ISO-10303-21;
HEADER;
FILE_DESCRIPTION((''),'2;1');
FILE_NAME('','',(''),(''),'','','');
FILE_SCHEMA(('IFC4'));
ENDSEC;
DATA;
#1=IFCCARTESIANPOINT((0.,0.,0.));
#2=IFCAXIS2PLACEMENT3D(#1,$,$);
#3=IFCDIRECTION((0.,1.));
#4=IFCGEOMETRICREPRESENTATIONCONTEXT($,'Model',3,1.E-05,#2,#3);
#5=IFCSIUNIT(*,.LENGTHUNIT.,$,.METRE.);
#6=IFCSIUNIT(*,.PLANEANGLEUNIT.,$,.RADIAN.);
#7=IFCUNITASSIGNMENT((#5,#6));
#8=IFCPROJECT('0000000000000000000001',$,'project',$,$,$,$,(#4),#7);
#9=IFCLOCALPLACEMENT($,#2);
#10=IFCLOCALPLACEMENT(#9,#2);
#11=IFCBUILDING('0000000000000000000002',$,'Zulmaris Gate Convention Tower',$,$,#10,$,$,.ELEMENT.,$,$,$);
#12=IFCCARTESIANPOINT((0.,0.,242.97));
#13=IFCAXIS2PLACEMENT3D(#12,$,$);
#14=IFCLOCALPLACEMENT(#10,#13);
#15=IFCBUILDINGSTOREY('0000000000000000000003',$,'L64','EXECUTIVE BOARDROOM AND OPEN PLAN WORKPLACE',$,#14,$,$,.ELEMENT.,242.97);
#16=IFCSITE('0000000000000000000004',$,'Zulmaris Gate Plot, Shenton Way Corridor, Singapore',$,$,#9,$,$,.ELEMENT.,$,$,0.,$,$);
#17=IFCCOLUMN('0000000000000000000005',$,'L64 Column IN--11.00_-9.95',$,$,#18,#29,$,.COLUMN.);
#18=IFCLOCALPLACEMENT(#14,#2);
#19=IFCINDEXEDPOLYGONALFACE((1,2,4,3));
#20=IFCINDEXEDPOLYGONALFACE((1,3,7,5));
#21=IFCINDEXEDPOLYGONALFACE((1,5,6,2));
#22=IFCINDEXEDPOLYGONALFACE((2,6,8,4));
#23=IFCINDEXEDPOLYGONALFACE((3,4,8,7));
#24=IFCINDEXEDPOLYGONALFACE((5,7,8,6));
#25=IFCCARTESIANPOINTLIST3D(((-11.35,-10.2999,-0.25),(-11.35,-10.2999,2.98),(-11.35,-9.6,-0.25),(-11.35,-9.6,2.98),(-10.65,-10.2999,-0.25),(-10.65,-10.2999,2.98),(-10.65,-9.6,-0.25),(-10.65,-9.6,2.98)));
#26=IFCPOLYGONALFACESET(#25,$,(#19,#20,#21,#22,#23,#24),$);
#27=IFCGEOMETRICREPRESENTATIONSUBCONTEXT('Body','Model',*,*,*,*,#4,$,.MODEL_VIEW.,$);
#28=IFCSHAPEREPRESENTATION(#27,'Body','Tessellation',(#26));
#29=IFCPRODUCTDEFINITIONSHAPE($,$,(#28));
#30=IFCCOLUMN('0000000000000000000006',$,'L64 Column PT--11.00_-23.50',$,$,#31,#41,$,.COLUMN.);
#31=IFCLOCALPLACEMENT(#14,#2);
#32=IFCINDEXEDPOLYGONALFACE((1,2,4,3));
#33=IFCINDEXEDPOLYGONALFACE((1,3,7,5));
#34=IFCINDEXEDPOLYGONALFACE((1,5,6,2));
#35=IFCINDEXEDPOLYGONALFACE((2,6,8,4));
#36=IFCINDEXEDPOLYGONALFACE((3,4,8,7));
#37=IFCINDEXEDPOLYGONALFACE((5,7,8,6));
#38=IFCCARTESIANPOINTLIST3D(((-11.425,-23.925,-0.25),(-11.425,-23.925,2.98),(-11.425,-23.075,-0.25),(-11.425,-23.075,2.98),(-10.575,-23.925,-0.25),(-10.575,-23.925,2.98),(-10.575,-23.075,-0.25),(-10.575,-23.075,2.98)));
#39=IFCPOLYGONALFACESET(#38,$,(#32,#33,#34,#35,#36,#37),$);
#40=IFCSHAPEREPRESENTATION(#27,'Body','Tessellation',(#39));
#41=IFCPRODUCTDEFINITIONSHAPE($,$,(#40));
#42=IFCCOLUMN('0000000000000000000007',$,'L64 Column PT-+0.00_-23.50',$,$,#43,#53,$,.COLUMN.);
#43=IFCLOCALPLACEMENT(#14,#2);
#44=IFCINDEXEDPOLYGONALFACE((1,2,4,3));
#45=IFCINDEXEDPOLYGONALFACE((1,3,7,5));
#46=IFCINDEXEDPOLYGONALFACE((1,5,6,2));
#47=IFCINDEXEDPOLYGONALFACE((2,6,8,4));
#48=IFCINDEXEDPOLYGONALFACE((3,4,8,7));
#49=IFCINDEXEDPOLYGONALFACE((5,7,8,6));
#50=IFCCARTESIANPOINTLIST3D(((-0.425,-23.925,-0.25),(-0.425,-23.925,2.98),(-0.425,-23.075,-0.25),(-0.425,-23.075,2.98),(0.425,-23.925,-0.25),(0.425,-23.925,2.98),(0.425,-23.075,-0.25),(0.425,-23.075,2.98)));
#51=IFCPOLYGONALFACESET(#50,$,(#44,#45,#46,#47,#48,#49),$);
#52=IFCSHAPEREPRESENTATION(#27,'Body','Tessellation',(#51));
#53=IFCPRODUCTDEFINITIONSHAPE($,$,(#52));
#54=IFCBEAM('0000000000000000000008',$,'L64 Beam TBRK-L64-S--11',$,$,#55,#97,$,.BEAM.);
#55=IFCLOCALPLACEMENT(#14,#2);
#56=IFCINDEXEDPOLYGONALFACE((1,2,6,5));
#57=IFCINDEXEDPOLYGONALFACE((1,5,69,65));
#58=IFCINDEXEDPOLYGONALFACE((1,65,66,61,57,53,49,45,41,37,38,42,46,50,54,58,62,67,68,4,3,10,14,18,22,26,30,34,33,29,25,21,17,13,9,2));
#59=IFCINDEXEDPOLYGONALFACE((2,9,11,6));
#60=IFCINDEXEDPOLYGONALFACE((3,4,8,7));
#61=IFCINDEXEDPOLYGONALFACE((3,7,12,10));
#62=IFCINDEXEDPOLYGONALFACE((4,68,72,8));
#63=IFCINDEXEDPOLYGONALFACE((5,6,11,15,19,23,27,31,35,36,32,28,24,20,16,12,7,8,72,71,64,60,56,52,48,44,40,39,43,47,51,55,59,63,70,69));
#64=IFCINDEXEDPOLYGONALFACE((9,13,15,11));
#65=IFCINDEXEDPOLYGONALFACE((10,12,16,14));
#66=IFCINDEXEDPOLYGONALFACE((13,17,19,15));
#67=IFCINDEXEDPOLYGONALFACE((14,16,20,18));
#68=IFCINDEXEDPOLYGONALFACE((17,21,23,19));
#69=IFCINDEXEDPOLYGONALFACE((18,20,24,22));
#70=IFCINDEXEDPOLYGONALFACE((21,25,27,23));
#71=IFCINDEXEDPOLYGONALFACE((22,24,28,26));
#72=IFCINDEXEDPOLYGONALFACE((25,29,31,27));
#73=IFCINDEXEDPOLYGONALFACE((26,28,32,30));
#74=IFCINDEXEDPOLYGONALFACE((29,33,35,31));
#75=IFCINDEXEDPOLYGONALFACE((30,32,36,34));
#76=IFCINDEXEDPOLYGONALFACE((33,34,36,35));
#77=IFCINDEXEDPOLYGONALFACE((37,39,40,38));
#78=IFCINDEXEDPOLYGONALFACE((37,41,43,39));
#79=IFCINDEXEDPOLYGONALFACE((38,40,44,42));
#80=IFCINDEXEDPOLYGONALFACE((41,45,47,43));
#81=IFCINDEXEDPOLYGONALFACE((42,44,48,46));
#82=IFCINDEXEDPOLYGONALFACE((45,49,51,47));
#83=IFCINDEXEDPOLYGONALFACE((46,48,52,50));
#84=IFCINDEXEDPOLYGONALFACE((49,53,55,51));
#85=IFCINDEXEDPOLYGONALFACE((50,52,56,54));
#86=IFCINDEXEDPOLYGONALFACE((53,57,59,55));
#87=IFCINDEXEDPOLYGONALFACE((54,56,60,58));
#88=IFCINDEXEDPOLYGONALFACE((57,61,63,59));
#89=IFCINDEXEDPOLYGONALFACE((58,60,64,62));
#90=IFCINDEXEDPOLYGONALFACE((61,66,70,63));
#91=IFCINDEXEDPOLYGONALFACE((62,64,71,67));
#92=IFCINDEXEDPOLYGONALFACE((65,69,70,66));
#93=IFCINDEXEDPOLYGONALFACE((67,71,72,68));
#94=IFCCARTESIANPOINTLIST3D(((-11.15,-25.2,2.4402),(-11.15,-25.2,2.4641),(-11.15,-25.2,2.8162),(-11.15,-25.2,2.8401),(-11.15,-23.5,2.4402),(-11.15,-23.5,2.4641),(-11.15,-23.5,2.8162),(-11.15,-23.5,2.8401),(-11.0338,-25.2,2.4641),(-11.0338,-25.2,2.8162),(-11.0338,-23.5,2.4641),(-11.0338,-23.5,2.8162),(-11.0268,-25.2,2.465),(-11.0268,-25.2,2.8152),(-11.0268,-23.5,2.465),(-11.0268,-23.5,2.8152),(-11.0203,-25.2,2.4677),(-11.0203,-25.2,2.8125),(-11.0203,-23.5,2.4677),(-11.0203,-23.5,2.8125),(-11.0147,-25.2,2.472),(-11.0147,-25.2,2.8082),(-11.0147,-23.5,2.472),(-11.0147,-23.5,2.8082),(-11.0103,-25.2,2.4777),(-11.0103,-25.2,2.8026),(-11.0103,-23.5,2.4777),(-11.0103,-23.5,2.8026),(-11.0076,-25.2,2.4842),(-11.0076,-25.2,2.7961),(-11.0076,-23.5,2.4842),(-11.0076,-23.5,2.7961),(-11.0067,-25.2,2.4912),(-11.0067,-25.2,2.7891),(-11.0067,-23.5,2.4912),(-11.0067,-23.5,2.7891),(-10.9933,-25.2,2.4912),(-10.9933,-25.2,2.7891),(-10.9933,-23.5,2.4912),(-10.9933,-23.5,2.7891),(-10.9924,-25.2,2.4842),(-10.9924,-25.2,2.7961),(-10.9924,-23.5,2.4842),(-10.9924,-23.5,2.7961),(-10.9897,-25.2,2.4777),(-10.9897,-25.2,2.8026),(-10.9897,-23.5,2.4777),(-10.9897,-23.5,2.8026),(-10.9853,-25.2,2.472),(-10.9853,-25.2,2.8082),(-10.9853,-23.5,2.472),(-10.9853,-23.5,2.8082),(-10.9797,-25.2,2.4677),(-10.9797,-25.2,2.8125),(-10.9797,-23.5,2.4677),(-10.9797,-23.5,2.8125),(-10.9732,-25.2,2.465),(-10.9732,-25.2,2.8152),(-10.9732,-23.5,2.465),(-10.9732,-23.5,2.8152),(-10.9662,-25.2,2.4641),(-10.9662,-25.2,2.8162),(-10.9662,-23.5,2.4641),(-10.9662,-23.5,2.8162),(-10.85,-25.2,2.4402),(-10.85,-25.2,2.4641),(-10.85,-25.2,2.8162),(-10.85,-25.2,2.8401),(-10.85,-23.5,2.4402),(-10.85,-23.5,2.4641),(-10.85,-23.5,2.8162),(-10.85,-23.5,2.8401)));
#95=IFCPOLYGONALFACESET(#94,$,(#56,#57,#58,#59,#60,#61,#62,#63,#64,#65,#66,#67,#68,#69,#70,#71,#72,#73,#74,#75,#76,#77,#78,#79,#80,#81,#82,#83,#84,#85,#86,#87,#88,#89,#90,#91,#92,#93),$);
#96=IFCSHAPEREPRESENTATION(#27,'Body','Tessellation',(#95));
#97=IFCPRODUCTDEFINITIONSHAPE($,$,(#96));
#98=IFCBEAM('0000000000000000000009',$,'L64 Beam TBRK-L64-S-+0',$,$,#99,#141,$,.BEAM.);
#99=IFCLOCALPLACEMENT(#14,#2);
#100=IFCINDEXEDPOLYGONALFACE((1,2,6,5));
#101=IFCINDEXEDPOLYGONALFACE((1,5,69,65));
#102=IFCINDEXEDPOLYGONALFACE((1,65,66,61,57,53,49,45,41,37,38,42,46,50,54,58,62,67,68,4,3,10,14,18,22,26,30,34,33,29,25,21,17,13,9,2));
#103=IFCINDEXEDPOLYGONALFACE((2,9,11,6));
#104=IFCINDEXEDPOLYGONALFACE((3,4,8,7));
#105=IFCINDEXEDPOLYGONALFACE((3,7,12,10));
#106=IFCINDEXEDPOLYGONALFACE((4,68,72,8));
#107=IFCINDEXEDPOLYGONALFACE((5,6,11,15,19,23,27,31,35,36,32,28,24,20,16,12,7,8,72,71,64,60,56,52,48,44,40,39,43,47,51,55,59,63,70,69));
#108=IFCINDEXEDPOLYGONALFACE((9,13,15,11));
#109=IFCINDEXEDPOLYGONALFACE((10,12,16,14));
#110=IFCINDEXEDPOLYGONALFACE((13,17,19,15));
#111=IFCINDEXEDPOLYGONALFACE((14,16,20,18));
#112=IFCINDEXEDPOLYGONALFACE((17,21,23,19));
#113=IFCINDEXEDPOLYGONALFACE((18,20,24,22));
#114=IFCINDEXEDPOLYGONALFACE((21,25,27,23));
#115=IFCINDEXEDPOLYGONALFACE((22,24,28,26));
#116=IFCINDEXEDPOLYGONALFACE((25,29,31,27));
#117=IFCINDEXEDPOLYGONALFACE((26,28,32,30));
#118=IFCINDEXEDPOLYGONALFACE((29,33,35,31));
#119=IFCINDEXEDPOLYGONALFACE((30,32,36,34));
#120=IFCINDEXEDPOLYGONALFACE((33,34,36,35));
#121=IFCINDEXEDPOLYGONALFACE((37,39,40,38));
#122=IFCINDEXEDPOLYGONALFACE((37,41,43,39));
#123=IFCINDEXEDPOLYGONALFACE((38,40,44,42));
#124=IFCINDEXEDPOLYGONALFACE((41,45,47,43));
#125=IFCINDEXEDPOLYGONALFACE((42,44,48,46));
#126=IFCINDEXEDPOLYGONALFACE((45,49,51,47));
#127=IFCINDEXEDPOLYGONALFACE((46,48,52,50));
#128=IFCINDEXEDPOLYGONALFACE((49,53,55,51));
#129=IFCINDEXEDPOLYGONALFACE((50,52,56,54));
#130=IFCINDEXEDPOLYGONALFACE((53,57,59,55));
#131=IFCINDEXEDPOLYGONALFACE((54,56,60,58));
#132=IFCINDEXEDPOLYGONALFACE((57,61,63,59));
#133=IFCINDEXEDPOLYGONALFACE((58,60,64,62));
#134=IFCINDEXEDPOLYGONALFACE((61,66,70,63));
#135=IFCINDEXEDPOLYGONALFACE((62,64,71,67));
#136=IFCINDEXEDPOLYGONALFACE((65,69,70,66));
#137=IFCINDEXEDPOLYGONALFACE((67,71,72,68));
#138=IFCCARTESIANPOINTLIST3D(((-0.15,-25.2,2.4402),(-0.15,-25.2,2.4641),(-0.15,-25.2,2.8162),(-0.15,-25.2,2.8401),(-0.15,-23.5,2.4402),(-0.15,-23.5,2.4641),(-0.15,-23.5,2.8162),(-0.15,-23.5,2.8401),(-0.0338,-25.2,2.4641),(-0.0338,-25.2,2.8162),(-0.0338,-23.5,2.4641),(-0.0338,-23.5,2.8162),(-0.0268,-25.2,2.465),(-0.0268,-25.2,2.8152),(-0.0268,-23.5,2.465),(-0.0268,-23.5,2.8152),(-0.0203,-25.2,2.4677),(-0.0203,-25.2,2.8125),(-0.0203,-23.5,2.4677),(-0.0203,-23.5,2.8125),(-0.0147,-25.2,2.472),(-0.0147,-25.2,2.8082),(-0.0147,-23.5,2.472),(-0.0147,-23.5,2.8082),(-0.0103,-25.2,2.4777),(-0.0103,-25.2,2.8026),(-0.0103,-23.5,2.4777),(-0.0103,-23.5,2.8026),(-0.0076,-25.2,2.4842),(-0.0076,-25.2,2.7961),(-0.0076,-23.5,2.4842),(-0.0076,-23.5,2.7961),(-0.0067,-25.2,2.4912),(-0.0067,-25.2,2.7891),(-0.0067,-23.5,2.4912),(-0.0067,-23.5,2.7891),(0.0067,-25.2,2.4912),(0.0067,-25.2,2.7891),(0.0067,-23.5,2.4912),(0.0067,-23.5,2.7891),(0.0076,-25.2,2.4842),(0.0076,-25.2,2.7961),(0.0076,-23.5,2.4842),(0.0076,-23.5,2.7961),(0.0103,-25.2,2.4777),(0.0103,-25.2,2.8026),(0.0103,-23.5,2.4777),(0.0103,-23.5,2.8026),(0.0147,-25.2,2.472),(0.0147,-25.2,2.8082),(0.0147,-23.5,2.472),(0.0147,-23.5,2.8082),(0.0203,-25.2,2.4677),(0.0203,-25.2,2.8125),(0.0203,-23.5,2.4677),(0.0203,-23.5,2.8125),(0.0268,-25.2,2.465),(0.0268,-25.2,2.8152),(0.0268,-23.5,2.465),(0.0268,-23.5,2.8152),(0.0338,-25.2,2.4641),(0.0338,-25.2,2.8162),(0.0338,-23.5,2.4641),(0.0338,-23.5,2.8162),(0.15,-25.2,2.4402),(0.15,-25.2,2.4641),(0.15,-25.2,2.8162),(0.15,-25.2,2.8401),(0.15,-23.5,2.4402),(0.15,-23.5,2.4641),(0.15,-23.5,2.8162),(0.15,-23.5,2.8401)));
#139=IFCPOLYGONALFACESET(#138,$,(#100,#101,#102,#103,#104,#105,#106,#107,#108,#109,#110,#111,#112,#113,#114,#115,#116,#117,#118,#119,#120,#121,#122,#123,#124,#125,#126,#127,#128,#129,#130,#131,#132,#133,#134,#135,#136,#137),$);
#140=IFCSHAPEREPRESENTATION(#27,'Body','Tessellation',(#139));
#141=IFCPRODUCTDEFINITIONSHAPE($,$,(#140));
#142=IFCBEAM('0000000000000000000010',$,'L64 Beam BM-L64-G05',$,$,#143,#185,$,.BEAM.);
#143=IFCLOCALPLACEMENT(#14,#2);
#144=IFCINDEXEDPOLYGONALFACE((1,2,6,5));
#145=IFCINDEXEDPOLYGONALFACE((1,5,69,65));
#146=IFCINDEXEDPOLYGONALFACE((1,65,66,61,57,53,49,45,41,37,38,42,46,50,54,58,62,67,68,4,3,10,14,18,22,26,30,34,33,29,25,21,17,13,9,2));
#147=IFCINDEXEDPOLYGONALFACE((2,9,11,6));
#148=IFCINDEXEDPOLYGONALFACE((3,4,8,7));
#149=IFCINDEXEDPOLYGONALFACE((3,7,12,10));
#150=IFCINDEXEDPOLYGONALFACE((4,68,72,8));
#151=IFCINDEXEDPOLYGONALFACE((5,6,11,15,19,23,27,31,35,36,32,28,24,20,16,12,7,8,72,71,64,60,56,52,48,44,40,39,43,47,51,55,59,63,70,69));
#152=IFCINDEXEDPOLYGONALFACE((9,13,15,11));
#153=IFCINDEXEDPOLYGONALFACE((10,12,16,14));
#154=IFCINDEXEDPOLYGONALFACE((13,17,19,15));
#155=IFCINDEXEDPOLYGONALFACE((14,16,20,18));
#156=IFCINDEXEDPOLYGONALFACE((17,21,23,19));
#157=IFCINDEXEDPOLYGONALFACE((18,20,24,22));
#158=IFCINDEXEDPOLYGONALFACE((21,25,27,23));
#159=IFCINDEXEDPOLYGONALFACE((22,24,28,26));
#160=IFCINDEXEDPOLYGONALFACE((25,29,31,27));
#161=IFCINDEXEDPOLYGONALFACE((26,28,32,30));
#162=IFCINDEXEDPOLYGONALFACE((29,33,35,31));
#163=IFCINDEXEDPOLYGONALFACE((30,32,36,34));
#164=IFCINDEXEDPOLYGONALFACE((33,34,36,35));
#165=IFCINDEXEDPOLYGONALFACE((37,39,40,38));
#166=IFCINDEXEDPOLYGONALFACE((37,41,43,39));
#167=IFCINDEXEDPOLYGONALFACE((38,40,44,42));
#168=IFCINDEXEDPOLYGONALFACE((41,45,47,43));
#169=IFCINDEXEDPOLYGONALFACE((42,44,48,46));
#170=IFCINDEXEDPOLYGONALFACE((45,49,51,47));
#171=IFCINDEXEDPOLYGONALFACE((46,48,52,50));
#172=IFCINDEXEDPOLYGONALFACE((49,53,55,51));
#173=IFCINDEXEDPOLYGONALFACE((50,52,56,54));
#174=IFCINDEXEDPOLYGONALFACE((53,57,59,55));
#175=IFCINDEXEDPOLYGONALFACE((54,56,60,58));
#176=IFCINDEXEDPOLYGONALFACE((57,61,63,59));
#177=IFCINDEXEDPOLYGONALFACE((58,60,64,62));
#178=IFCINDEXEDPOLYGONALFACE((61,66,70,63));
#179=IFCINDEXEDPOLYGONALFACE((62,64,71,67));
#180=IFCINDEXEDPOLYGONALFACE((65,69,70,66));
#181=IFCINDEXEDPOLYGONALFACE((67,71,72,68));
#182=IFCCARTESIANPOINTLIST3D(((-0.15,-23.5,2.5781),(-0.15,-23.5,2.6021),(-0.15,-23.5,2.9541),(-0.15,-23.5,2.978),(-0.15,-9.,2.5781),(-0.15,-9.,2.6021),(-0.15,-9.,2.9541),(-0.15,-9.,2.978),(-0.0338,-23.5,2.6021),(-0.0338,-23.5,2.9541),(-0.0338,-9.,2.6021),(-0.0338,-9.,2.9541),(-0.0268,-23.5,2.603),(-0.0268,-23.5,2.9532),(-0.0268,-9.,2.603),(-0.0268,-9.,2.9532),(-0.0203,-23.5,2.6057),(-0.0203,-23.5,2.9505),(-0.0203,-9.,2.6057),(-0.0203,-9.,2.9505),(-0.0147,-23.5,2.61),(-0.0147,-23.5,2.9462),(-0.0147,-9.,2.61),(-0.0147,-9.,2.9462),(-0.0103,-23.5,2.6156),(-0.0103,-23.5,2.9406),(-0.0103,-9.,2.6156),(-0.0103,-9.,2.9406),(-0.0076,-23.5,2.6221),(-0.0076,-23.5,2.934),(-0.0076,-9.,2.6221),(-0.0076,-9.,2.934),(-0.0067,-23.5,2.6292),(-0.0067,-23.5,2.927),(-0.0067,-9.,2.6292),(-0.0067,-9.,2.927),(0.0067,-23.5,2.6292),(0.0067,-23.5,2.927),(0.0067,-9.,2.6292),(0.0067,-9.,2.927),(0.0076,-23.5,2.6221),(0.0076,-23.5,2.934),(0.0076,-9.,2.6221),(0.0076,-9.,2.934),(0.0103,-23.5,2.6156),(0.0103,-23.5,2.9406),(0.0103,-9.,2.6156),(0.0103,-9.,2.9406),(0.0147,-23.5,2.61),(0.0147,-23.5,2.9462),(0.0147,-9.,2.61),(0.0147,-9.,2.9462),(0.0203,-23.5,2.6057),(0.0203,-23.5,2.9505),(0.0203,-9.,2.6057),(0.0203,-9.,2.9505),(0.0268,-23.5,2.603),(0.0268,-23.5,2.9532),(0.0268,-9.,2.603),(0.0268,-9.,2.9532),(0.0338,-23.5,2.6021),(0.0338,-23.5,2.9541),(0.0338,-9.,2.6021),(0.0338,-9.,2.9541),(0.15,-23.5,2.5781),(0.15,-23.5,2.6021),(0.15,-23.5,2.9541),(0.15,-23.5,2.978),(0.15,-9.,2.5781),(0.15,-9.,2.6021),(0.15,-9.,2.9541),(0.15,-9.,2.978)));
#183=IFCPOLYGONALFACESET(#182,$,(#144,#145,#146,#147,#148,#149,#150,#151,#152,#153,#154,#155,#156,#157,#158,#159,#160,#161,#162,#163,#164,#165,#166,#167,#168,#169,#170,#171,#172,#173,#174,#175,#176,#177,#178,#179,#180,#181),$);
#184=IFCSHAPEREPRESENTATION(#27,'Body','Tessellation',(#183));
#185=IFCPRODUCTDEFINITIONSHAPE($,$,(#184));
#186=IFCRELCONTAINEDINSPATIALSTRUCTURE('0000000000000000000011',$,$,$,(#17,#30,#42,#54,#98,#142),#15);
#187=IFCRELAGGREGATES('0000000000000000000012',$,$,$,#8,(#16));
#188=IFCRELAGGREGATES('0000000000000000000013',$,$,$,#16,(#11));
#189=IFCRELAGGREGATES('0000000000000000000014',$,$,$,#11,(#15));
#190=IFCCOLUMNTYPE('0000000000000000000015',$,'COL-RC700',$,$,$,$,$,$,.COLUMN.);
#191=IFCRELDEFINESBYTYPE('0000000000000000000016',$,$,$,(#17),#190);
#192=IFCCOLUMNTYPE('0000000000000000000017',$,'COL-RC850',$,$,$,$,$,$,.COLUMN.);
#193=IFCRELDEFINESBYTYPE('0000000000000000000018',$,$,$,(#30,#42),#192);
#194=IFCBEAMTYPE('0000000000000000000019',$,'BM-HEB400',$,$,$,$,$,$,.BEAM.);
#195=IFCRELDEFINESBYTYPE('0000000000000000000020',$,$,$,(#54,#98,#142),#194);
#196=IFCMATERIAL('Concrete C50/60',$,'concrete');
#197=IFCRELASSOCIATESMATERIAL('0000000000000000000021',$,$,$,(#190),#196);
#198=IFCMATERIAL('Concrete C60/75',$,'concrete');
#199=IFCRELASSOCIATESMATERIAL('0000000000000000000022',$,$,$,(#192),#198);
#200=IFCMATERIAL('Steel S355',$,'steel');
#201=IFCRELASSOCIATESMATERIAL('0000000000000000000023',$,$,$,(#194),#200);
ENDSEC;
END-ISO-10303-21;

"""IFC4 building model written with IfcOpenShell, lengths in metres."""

from ifc_helpers import new_model, si_unit, direction, frame, origin, origin_2d, place, context, subcontext, project, spatial, rectangle, i_section, extrude, material, material_profile, profile_set, type_object, element, save


model = new_model("IFC4")

# Units and contexts
model_context = context("Model", 3, precision=1e-05, world=origin(), true_north=direction((0.0, 1.0)))
body_context = subcontext(model_context, "Body", "Model", "MODEL_VIEW")
ifc_project = project(units=[si_unit("LENGTHUNIT", "METRE"), si_unit("PLANEANGLEUNIT", "RADIAN")], contexts=[model_context])

# Site, building, storey
site_placement = place(None, origin())
site = spatial("IfcSite", under=ifc_project, at=site_placement, Name="Zulmaris Gate Plot, Shenton Way Corridor, Singapore", CompositionType="ELEMENT", RefElevation=0.0)
building_placement = place(site_placement, origin())
building = spatial("IfcBuilding", under=site, at=building_placement, Name="Zulmaris Gate Convention Tower", CompositionType="ELEMENT")
storey_placement = place(building_placement, frame((0.0, 0.0, 242.97)))
storey = spatial("IfcBuildingStorey", under=building, at=storey_placement, Name="L64", Description="EXECUTIVE BOARDROOM AND OPEN PLAN WORKPLACE", CompositionType="ELEMENT", Elevation=242.97)

# Columns
ifc_material_1 = material(Name="Concrete C50/60", Category="concrete")
ifc_material_profile_1 = material_profile(ifc_material_1, rectangle(XDim=0.7, YDim=0.7, at=origin_2d()), Name="RC COL 700x700")
ifc_profile_set_1 = profile_set([ifc_material_profile_1], Name="Concrete C50/60")
column_type_1 = type_object("IfcColumnType", Name="COL-RC700", PredefinedType="COLUMN", material=ifc_profile_set_1)
column_placement = place(storey_placement, frame((-11.0, -9.95, -0.25), z_axis=(0.0, 0.0, 1.0), x_axis=(1.0, 0.0, 0.0)))
element("IfcColumn", 1, at=column_placement, inside=storey, type_object=column_type_1, Name="L64 Column IN--11.00_-9.95", PredefinedType="COLUMN", context=body_context, shape_type="SweptSolid", body=[
    extrude(rectangle(XDim=0.7, YDim=0.7, at=origin_2d()), origin(), (0.0, 0.0, 1.0), 3.23),
])
ifc_material_2 = material(Name="Concrete C60/75", Category="concrete")
ifc_material_profile_2 = material_profile(ifc_material_2, rectangle(XDim=0.8501, YDim=0.8501, at=origin_2d()), Name="RC COL 850x850")
ifc_profile_set_2 = profile_set([ifc_material_profile_2], Name="Concrete C60/75")
column_type_2 = type_object("IfcColumnType", Name="COL-RC850", PredefinedType="COLUMN", material=ifc_profile_set_2)
for number, where, z_axis, x_axis, name in (
    (2, (-11.0, -23.5, -0.25), (0.0, 0.0, 1.0), (1.0, 0.0, 0.0), "L64 Column PT--11.00_-23.50"),
    (3, (0.0, -23.5, -0.25), (0.0, 0.0, 1.0), (1.0, 0.0, 0.0), "L64 Column PT-+0.00_-23.50"),
):
    element("IfcColumn", number, at=place(storey_placement, frame(where, z_axis=z_axis, x_axis=x_axis)), inside=storey, type_object=column_type_2, Name=name, PredefinedType="COLUMN", context=body_context, shape_type="SweptSolid", body=[
        extrude(rectangle(XDim=0.8501, YDim=0.8501, at=origin_2d()), origin(), (0.0, 0.0, 1.0), 3.23),
    ])

# Beams
ifc_material_3 = material(Name="Steel S355", Category="steel")
ifc_material_profile_3 = material_profile(ifc_material_3, i_section(OverallWidth=0.3, OverallDepth=0.3999, WebThickness=0.0134, FlangeThickness=0.0239, FilletRadius=0.0271, at=origin_2d()), Name="HEB 400")
ifc_profile_set_3 = profile_set([ifc_material_profile_3], Name="Steel S355")
beam_type_1 = type_object("IfcBeamType", Name="BM-HEB400", PredefinedType="BEAM", material=ifc_profile_set_3)
for number, where, z_axis, x_axis, name in (
    (4, (-11.0, -25.2, 2.6401), (0.0, 1.0, 0.0), (-1.0, 0.0, 0.0), "L64 Beam TBRK-L64-S--11"),
    (5, (0.0, -25.2, 2.6401), (0.0, 1.0, 0.0), (-1.0, 0.0, 0.0), "L64 Beam TBRK-L64-S-+0"),
):
    element("IfcBeam", number, at=place(storey_placement, frame(where, z_axis=z_axis, x_axis=x_axis)), inside=storey, type_object=beam_type_1, Name=name, PredefinedType="BEAM", context=body_context, shape_type="SweptSolid", body=[
        extrude(i_section(OverallWidth=0.3, OverallDepth=0.3999, WebThickness=0.0134, FlangeThickness=0.0239, FilletRadius=0.0271, at=origin_2d()), origin(), (0.0, 0.0, 1.0), 1.7),
    ])
beam_1_placement = place(storey_placement, frame((0.0, -23.5, 2.7781), z_axis=(0.0, 1.0, 0.0), x_axis=(-1.0, 0.0, 0.0)))
element("IfcBeam", 6, at=beam_1_placement, inside=storey, type_object=beam_type_1, Name="L64 Beam BM-L64-G05", PredefinedType="BEAM", context=body_context, shape_type="SweptSolid", body=[
    extrude(i_section(OverallWidth=0.3, OverallDepth=0.3999, WebThickness=0.0134, FlangeThickness=0.0239, FilletRadius=0.0271, at=origin_2d()), origin(), (0.0, 0.0, 1.0), 14.5),
])

save(model, "model.ifc")
